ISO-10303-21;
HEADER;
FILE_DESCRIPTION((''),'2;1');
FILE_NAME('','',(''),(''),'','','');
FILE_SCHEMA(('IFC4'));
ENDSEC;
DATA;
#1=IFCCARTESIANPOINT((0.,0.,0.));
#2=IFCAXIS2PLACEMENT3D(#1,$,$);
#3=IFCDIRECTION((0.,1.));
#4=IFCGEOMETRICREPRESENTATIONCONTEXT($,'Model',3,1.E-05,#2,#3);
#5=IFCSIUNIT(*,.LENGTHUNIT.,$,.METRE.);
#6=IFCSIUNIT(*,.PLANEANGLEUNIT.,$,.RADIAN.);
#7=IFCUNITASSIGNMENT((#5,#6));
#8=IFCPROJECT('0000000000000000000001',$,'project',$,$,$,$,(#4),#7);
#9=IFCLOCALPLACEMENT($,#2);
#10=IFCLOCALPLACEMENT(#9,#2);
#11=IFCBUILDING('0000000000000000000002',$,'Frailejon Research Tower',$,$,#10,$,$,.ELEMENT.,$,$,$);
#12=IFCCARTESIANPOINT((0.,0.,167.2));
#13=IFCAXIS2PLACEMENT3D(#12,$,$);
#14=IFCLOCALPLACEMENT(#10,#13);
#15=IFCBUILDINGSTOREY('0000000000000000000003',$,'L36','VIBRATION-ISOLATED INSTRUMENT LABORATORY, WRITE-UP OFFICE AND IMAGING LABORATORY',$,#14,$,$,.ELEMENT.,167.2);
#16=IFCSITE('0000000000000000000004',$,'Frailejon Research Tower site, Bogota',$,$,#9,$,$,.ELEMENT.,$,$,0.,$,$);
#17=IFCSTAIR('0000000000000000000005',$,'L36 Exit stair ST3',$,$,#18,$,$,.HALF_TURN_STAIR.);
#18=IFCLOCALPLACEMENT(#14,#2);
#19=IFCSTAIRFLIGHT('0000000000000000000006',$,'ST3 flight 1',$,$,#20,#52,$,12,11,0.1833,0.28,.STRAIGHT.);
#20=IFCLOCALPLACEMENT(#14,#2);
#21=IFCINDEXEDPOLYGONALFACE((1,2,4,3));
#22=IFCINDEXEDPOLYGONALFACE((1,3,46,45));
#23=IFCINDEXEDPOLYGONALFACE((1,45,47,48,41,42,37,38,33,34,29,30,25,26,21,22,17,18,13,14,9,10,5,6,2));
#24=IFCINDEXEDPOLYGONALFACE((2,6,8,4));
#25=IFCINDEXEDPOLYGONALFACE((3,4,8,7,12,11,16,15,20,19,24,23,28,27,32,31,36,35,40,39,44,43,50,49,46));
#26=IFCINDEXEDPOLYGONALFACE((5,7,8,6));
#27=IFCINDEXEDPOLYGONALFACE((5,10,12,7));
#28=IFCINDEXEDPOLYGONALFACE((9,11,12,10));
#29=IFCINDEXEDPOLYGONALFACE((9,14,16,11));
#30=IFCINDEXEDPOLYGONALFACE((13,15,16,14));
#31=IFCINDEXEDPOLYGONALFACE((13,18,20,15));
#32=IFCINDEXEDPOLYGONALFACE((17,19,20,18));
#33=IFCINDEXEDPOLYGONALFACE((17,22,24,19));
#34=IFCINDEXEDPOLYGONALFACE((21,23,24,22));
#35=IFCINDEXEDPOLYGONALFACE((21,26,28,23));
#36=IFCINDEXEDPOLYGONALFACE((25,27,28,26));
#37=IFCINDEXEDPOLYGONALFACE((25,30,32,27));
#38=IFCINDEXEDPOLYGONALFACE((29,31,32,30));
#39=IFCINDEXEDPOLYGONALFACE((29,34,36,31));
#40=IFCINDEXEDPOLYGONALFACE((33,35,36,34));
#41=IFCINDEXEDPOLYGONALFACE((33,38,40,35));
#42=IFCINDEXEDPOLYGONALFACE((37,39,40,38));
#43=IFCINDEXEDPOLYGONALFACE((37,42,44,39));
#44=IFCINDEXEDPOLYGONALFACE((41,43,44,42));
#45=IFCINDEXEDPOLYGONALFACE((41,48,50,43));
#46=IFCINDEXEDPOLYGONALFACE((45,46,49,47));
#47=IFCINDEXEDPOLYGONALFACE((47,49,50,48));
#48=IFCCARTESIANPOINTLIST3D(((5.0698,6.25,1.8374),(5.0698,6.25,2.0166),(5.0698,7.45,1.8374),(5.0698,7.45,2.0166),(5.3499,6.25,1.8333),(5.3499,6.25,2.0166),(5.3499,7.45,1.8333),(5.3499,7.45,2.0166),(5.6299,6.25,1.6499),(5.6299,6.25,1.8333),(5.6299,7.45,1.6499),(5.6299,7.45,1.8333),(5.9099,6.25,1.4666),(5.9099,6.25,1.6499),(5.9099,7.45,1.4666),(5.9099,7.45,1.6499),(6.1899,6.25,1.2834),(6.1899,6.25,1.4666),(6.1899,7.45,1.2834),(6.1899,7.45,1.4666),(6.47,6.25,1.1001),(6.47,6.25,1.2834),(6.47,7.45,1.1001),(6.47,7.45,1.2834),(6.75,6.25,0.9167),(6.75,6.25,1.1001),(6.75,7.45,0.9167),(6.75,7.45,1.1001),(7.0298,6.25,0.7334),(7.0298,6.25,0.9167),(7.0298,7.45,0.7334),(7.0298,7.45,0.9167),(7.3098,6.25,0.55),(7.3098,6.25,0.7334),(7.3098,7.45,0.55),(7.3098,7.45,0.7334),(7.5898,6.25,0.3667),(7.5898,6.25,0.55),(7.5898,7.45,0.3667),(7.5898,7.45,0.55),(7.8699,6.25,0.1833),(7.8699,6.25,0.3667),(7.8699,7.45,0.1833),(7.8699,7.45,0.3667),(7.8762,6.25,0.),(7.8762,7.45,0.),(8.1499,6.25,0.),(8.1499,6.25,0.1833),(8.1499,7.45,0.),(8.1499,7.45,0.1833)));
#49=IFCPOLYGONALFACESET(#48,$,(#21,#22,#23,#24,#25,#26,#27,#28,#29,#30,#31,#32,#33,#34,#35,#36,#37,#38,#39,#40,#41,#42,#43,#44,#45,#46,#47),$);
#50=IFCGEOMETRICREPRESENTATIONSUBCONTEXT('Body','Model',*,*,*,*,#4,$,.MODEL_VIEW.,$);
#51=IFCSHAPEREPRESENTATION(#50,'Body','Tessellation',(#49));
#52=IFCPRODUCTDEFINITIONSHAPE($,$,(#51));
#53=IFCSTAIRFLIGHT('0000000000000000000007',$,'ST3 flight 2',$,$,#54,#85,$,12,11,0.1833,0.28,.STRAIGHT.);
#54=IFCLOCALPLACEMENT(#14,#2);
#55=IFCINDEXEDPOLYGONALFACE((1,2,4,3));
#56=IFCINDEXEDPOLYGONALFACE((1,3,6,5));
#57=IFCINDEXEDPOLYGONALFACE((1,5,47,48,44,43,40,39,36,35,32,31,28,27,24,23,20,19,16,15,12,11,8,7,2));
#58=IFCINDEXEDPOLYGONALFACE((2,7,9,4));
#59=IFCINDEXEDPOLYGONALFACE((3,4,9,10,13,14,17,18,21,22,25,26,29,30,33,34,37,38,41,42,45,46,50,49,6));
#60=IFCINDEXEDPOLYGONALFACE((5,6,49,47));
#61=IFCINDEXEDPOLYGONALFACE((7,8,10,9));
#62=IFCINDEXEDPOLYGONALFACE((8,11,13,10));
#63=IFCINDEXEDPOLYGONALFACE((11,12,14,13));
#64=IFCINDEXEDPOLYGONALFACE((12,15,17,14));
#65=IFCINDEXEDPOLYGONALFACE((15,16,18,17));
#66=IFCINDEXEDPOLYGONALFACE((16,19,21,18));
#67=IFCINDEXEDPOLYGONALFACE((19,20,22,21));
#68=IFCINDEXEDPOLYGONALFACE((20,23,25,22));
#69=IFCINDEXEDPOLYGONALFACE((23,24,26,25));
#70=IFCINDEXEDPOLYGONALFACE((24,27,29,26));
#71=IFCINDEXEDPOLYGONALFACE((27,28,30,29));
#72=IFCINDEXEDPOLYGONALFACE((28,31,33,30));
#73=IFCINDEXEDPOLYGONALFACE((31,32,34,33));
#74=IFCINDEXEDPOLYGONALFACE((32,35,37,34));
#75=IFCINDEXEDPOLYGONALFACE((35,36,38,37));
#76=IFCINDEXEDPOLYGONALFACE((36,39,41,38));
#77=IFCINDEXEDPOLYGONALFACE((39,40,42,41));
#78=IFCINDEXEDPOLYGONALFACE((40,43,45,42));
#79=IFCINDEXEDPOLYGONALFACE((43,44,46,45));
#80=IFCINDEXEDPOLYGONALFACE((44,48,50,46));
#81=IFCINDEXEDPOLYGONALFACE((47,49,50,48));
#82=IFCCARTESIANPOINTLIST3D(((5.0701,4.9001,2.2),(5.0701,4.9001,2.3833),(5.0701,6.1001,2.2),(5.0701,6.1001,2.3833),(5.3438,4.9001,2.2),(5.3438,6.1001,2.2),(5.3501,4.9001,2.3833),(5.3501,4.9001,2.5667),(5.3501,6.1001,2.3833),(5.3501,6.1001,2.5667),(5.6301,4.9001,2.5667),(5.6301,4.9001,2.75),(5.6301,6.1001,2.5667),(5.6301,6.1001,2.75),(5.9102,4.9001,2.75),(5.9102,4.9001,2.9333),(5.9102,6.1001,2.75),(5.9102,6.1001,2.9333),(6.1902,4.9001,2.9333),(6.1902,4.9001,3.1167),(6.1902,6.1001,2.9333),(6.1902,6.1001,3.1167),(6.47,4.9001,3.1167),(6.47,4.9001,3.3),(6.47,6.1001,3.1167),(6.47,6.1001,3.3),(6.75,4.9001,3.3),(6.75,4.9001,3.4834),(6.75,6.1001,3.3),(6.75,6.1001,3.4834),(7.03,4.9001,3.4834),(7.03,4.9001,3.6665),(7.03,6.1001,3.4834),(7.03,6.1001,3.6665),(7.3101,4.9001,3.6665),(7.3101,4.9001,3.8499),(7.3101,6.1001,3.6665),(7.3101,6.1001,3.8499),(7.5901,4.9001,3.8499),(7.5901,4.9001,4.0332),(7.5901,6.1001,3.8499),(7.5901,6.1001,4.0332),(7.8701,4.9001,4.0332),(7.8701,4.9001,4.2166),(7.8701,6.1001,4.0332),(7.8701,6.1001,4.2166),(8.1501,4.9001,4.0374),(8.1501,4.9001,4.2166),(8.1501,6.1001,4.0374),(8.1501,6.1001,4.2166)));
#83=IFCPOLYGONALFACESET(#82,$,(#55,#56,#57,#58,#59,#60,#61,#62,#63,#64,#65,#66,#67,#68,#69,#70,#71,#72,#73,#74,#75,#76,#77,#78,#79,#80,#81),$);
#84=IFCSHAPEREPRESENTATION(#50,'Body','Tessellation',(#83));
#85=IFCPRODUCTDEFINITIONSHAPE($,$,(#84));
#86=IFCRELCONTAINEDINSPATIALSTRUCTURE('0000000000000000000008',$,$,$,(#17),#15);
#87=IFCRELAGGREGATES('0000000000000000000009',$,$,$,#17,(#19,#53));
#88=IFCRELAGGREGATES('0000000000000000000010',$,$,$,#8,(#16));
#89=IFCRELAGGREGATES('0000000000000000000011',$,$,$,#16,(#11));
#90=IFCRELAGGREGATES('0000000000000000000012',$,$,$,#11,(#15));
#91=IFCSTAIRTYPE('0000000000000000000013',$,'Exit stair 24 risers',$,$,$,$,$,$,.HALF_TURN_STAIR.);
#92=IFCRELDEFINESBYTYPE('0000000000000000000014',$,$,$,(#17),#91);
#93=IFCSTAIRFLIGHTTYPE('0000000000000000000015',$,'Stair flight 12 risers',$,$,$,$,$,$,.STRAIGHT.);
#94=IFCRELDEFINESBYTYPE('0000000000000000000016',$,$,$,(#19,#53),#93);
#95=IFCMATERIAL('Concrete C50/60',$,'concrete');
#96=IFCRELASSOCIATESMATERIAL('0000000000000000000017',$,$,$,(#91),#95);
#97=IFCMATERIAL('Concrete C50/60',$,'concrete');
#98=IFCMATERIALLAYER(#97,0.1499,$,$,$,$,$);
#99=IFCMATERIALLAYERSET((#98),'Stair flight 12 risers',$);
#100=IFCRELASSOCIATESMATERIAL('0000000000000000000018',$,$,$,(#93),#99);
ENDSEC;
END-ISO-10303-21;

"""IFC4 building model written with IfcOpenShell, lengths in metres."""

from ifc_helpers import new_model, si_unit, direction, frame, origin, place, context, subcontext, project, spatial, polyline, outline, extrude, material, layer, layer_set, type_object, element, aggregate, save


model = new_model("IFC4")

# Units and contexts
model_context = context("Model", 3, precision=1e-05, world=origin(), true_north=direction((0.0, 1.0)))
body_context = subcontext(model_context, "Body", "Model", "MODEL_VIEW")
ifc_project = project(units=[si_unit("LENGTHUNIT", "METRE"), si_unit("PLANEANGLEUNIT", "RADIAN")], contexts=[model_context])

# Site, building, storey
site_placement = place(None, origin())
site = spatial("IfcSite", under=ifc_project, at=site_placement, Name="Frailejon Research Tower site, Bogota", CompositionType="ELEMENT", RefElevation=0.0)
building_placement = place(site_placement, origin())
building = spatial("IfcBuilding", under=site, at=building_placement, Name="Frailejon Research Tower", CompositionType="ELEMENT")
storey_placement = place(building_placement, frame((0.0, 0.0, 167.2)))
storey = spatial("IfcBuildingStorey", under=building, at=storey_placement, Name="L36", Description="VIBRATION-ISOLATED INSTRUMENT LABORATORY, WRITE-UP OFFICE AND IMAGING LABORATORY", CompositionType="ELEMENT", Elevation=167.2)

# Stair
ifc_material_1 = material(Name="Concrete C50/60", Category="concrete")
stair_type = type_object("IfcStairType", Name="Exit stair 24 risers", PredefinedType="HALF_TURN_STAIR", material=ifc_material_1)
stair_1_placement = place(storey_placement, origin())
stair_1 = element("IfcStair", 1, at=stair_1_placement, inside=storey, type_object=stair_type, Name="L36 Exit stair ST3", PredefinedType="HALF_TURN_STAIR")

# Stair flights
ifc_material_2 = material(Name="Concrete C50/60", Category="concrete")
ifc_layer_1 = layer(ifc_material_2, 0.1499)
ifc_layer_set_1 = layer_set([ifc_layer_1], Name="Stair flight 12 risers")
stair_flight_type = type_object("IfcStairFlightType", Name="Stair flight 12 risers", PredefinedType="STRAIGHT", material=ifc_layer_set_1)
stair_flight_1_placement = place(storey_placement, frame((8.1499, 6.8501, 0.0), z_axis=(0.0, 0.0, 1.0), x_axis=(-1.0, 0.0, 0.0)))
stair_flight_1 = element("IfcStairFlight", 2, at=stair_flight_1_placement, type_object=stair_flight_type, Name="ST3 flight 1", NumberOfRisers=12, NumberOfTreads=11, PredefinedType="STRAIGHT", RiserHeight=0.1833, TreadLength=0.28, context=body_context, shape_type="SweptSolid", body=[
    extrude(outline(polyline([(0.0, 0.0), (0.0, 0.1833), (0.28, 0.1833), (0.28, 0.3667), (0.5601, 0.3667), (0.5601, 0.55), (0.8401, 0.55), (0.8401, 0.7334), (1.1201, 0.7334), (1.1201, 0.9167), (1.3999, 0.9167), (1.3999, 1.1001), (1.6799, 1.1001), (1.6799, 1.2834), (1.96, 1.2834), (1.96, 1.4666), (2.24, 1.4666), (2.24, 1.6499), (2.52, 1.6499), (2.52, 1.8333), (2.8, 1.8333), (2.8, 2.0166), (3.0801, 2.0166), (3.0801, 2.2), (3.0801, 1.8374), (0.2737, 0.0), (0.0, 0.0)])), frame((0.0, 0.6001, 0.0), z_axis=(0.0, -1.0, 0.0), x_axis=(1.0, 0.0, 0.0)), (0.0, 0.0, 1.0), 1.2),
])
stair_flight_2_placement = place(storey_placement, frame((5.0701, 5.5, 2.2), z_axis=(0.0, 0.0, 1.0), x_axis=(1.0, 0.0, 0.0)))
stair_flight_2 = element("IfcStairFlight", 3, at=stair_flight_2_placement, type_object=stair_flight_type, Name="ST3 flight 2", NumberOfRisers=12, NumberOfTreads=11, PredefinedType="STRAIGHT", RiserHeight=0.1833, TreadLength=0.28, context=body_context, shape_type="SweptSolid", body=[
    extrude(outline(polyline([(0.0, 0.0), (0.0, 0.1833), (0.28, 0.1833), (0.28, 0.3667), (0.5601, 0.3667), (0.5601, 0.55), (0.8401, 0.55), (0.8401, 0.7334), (1.1201, 0.7334), (1.1201, 0.9167), (1.3999, 0.9167), (1.3999, 1.1001), (1.6799, 1.1001), (1.6799, 1.2834), (1.96, 1.2834), (1.96, 1.4666), (2.24, 1.4666), (2.24, 1.6499), (2.52, 1.6499), (2.52, 1.8333), (2.8, 1.8333), (2.8, 2.0166), (3.0801, 2.0166), (3.0801, 2.2), (3.0801, 1.8374), (0.2737, 0.0), (0.0, 0.0)])), frame((0.0, 0.6001, 0.0), z_axis=(0.0, -1.0, 0.0), x_axis=(1.0, 0.0, 0.0)), (0.0, 0.0, 1.0), 1.2),
])
aggregate(stair_1, [stair_flight_1, stair_flight_2])

save(model, "model.ifc")
